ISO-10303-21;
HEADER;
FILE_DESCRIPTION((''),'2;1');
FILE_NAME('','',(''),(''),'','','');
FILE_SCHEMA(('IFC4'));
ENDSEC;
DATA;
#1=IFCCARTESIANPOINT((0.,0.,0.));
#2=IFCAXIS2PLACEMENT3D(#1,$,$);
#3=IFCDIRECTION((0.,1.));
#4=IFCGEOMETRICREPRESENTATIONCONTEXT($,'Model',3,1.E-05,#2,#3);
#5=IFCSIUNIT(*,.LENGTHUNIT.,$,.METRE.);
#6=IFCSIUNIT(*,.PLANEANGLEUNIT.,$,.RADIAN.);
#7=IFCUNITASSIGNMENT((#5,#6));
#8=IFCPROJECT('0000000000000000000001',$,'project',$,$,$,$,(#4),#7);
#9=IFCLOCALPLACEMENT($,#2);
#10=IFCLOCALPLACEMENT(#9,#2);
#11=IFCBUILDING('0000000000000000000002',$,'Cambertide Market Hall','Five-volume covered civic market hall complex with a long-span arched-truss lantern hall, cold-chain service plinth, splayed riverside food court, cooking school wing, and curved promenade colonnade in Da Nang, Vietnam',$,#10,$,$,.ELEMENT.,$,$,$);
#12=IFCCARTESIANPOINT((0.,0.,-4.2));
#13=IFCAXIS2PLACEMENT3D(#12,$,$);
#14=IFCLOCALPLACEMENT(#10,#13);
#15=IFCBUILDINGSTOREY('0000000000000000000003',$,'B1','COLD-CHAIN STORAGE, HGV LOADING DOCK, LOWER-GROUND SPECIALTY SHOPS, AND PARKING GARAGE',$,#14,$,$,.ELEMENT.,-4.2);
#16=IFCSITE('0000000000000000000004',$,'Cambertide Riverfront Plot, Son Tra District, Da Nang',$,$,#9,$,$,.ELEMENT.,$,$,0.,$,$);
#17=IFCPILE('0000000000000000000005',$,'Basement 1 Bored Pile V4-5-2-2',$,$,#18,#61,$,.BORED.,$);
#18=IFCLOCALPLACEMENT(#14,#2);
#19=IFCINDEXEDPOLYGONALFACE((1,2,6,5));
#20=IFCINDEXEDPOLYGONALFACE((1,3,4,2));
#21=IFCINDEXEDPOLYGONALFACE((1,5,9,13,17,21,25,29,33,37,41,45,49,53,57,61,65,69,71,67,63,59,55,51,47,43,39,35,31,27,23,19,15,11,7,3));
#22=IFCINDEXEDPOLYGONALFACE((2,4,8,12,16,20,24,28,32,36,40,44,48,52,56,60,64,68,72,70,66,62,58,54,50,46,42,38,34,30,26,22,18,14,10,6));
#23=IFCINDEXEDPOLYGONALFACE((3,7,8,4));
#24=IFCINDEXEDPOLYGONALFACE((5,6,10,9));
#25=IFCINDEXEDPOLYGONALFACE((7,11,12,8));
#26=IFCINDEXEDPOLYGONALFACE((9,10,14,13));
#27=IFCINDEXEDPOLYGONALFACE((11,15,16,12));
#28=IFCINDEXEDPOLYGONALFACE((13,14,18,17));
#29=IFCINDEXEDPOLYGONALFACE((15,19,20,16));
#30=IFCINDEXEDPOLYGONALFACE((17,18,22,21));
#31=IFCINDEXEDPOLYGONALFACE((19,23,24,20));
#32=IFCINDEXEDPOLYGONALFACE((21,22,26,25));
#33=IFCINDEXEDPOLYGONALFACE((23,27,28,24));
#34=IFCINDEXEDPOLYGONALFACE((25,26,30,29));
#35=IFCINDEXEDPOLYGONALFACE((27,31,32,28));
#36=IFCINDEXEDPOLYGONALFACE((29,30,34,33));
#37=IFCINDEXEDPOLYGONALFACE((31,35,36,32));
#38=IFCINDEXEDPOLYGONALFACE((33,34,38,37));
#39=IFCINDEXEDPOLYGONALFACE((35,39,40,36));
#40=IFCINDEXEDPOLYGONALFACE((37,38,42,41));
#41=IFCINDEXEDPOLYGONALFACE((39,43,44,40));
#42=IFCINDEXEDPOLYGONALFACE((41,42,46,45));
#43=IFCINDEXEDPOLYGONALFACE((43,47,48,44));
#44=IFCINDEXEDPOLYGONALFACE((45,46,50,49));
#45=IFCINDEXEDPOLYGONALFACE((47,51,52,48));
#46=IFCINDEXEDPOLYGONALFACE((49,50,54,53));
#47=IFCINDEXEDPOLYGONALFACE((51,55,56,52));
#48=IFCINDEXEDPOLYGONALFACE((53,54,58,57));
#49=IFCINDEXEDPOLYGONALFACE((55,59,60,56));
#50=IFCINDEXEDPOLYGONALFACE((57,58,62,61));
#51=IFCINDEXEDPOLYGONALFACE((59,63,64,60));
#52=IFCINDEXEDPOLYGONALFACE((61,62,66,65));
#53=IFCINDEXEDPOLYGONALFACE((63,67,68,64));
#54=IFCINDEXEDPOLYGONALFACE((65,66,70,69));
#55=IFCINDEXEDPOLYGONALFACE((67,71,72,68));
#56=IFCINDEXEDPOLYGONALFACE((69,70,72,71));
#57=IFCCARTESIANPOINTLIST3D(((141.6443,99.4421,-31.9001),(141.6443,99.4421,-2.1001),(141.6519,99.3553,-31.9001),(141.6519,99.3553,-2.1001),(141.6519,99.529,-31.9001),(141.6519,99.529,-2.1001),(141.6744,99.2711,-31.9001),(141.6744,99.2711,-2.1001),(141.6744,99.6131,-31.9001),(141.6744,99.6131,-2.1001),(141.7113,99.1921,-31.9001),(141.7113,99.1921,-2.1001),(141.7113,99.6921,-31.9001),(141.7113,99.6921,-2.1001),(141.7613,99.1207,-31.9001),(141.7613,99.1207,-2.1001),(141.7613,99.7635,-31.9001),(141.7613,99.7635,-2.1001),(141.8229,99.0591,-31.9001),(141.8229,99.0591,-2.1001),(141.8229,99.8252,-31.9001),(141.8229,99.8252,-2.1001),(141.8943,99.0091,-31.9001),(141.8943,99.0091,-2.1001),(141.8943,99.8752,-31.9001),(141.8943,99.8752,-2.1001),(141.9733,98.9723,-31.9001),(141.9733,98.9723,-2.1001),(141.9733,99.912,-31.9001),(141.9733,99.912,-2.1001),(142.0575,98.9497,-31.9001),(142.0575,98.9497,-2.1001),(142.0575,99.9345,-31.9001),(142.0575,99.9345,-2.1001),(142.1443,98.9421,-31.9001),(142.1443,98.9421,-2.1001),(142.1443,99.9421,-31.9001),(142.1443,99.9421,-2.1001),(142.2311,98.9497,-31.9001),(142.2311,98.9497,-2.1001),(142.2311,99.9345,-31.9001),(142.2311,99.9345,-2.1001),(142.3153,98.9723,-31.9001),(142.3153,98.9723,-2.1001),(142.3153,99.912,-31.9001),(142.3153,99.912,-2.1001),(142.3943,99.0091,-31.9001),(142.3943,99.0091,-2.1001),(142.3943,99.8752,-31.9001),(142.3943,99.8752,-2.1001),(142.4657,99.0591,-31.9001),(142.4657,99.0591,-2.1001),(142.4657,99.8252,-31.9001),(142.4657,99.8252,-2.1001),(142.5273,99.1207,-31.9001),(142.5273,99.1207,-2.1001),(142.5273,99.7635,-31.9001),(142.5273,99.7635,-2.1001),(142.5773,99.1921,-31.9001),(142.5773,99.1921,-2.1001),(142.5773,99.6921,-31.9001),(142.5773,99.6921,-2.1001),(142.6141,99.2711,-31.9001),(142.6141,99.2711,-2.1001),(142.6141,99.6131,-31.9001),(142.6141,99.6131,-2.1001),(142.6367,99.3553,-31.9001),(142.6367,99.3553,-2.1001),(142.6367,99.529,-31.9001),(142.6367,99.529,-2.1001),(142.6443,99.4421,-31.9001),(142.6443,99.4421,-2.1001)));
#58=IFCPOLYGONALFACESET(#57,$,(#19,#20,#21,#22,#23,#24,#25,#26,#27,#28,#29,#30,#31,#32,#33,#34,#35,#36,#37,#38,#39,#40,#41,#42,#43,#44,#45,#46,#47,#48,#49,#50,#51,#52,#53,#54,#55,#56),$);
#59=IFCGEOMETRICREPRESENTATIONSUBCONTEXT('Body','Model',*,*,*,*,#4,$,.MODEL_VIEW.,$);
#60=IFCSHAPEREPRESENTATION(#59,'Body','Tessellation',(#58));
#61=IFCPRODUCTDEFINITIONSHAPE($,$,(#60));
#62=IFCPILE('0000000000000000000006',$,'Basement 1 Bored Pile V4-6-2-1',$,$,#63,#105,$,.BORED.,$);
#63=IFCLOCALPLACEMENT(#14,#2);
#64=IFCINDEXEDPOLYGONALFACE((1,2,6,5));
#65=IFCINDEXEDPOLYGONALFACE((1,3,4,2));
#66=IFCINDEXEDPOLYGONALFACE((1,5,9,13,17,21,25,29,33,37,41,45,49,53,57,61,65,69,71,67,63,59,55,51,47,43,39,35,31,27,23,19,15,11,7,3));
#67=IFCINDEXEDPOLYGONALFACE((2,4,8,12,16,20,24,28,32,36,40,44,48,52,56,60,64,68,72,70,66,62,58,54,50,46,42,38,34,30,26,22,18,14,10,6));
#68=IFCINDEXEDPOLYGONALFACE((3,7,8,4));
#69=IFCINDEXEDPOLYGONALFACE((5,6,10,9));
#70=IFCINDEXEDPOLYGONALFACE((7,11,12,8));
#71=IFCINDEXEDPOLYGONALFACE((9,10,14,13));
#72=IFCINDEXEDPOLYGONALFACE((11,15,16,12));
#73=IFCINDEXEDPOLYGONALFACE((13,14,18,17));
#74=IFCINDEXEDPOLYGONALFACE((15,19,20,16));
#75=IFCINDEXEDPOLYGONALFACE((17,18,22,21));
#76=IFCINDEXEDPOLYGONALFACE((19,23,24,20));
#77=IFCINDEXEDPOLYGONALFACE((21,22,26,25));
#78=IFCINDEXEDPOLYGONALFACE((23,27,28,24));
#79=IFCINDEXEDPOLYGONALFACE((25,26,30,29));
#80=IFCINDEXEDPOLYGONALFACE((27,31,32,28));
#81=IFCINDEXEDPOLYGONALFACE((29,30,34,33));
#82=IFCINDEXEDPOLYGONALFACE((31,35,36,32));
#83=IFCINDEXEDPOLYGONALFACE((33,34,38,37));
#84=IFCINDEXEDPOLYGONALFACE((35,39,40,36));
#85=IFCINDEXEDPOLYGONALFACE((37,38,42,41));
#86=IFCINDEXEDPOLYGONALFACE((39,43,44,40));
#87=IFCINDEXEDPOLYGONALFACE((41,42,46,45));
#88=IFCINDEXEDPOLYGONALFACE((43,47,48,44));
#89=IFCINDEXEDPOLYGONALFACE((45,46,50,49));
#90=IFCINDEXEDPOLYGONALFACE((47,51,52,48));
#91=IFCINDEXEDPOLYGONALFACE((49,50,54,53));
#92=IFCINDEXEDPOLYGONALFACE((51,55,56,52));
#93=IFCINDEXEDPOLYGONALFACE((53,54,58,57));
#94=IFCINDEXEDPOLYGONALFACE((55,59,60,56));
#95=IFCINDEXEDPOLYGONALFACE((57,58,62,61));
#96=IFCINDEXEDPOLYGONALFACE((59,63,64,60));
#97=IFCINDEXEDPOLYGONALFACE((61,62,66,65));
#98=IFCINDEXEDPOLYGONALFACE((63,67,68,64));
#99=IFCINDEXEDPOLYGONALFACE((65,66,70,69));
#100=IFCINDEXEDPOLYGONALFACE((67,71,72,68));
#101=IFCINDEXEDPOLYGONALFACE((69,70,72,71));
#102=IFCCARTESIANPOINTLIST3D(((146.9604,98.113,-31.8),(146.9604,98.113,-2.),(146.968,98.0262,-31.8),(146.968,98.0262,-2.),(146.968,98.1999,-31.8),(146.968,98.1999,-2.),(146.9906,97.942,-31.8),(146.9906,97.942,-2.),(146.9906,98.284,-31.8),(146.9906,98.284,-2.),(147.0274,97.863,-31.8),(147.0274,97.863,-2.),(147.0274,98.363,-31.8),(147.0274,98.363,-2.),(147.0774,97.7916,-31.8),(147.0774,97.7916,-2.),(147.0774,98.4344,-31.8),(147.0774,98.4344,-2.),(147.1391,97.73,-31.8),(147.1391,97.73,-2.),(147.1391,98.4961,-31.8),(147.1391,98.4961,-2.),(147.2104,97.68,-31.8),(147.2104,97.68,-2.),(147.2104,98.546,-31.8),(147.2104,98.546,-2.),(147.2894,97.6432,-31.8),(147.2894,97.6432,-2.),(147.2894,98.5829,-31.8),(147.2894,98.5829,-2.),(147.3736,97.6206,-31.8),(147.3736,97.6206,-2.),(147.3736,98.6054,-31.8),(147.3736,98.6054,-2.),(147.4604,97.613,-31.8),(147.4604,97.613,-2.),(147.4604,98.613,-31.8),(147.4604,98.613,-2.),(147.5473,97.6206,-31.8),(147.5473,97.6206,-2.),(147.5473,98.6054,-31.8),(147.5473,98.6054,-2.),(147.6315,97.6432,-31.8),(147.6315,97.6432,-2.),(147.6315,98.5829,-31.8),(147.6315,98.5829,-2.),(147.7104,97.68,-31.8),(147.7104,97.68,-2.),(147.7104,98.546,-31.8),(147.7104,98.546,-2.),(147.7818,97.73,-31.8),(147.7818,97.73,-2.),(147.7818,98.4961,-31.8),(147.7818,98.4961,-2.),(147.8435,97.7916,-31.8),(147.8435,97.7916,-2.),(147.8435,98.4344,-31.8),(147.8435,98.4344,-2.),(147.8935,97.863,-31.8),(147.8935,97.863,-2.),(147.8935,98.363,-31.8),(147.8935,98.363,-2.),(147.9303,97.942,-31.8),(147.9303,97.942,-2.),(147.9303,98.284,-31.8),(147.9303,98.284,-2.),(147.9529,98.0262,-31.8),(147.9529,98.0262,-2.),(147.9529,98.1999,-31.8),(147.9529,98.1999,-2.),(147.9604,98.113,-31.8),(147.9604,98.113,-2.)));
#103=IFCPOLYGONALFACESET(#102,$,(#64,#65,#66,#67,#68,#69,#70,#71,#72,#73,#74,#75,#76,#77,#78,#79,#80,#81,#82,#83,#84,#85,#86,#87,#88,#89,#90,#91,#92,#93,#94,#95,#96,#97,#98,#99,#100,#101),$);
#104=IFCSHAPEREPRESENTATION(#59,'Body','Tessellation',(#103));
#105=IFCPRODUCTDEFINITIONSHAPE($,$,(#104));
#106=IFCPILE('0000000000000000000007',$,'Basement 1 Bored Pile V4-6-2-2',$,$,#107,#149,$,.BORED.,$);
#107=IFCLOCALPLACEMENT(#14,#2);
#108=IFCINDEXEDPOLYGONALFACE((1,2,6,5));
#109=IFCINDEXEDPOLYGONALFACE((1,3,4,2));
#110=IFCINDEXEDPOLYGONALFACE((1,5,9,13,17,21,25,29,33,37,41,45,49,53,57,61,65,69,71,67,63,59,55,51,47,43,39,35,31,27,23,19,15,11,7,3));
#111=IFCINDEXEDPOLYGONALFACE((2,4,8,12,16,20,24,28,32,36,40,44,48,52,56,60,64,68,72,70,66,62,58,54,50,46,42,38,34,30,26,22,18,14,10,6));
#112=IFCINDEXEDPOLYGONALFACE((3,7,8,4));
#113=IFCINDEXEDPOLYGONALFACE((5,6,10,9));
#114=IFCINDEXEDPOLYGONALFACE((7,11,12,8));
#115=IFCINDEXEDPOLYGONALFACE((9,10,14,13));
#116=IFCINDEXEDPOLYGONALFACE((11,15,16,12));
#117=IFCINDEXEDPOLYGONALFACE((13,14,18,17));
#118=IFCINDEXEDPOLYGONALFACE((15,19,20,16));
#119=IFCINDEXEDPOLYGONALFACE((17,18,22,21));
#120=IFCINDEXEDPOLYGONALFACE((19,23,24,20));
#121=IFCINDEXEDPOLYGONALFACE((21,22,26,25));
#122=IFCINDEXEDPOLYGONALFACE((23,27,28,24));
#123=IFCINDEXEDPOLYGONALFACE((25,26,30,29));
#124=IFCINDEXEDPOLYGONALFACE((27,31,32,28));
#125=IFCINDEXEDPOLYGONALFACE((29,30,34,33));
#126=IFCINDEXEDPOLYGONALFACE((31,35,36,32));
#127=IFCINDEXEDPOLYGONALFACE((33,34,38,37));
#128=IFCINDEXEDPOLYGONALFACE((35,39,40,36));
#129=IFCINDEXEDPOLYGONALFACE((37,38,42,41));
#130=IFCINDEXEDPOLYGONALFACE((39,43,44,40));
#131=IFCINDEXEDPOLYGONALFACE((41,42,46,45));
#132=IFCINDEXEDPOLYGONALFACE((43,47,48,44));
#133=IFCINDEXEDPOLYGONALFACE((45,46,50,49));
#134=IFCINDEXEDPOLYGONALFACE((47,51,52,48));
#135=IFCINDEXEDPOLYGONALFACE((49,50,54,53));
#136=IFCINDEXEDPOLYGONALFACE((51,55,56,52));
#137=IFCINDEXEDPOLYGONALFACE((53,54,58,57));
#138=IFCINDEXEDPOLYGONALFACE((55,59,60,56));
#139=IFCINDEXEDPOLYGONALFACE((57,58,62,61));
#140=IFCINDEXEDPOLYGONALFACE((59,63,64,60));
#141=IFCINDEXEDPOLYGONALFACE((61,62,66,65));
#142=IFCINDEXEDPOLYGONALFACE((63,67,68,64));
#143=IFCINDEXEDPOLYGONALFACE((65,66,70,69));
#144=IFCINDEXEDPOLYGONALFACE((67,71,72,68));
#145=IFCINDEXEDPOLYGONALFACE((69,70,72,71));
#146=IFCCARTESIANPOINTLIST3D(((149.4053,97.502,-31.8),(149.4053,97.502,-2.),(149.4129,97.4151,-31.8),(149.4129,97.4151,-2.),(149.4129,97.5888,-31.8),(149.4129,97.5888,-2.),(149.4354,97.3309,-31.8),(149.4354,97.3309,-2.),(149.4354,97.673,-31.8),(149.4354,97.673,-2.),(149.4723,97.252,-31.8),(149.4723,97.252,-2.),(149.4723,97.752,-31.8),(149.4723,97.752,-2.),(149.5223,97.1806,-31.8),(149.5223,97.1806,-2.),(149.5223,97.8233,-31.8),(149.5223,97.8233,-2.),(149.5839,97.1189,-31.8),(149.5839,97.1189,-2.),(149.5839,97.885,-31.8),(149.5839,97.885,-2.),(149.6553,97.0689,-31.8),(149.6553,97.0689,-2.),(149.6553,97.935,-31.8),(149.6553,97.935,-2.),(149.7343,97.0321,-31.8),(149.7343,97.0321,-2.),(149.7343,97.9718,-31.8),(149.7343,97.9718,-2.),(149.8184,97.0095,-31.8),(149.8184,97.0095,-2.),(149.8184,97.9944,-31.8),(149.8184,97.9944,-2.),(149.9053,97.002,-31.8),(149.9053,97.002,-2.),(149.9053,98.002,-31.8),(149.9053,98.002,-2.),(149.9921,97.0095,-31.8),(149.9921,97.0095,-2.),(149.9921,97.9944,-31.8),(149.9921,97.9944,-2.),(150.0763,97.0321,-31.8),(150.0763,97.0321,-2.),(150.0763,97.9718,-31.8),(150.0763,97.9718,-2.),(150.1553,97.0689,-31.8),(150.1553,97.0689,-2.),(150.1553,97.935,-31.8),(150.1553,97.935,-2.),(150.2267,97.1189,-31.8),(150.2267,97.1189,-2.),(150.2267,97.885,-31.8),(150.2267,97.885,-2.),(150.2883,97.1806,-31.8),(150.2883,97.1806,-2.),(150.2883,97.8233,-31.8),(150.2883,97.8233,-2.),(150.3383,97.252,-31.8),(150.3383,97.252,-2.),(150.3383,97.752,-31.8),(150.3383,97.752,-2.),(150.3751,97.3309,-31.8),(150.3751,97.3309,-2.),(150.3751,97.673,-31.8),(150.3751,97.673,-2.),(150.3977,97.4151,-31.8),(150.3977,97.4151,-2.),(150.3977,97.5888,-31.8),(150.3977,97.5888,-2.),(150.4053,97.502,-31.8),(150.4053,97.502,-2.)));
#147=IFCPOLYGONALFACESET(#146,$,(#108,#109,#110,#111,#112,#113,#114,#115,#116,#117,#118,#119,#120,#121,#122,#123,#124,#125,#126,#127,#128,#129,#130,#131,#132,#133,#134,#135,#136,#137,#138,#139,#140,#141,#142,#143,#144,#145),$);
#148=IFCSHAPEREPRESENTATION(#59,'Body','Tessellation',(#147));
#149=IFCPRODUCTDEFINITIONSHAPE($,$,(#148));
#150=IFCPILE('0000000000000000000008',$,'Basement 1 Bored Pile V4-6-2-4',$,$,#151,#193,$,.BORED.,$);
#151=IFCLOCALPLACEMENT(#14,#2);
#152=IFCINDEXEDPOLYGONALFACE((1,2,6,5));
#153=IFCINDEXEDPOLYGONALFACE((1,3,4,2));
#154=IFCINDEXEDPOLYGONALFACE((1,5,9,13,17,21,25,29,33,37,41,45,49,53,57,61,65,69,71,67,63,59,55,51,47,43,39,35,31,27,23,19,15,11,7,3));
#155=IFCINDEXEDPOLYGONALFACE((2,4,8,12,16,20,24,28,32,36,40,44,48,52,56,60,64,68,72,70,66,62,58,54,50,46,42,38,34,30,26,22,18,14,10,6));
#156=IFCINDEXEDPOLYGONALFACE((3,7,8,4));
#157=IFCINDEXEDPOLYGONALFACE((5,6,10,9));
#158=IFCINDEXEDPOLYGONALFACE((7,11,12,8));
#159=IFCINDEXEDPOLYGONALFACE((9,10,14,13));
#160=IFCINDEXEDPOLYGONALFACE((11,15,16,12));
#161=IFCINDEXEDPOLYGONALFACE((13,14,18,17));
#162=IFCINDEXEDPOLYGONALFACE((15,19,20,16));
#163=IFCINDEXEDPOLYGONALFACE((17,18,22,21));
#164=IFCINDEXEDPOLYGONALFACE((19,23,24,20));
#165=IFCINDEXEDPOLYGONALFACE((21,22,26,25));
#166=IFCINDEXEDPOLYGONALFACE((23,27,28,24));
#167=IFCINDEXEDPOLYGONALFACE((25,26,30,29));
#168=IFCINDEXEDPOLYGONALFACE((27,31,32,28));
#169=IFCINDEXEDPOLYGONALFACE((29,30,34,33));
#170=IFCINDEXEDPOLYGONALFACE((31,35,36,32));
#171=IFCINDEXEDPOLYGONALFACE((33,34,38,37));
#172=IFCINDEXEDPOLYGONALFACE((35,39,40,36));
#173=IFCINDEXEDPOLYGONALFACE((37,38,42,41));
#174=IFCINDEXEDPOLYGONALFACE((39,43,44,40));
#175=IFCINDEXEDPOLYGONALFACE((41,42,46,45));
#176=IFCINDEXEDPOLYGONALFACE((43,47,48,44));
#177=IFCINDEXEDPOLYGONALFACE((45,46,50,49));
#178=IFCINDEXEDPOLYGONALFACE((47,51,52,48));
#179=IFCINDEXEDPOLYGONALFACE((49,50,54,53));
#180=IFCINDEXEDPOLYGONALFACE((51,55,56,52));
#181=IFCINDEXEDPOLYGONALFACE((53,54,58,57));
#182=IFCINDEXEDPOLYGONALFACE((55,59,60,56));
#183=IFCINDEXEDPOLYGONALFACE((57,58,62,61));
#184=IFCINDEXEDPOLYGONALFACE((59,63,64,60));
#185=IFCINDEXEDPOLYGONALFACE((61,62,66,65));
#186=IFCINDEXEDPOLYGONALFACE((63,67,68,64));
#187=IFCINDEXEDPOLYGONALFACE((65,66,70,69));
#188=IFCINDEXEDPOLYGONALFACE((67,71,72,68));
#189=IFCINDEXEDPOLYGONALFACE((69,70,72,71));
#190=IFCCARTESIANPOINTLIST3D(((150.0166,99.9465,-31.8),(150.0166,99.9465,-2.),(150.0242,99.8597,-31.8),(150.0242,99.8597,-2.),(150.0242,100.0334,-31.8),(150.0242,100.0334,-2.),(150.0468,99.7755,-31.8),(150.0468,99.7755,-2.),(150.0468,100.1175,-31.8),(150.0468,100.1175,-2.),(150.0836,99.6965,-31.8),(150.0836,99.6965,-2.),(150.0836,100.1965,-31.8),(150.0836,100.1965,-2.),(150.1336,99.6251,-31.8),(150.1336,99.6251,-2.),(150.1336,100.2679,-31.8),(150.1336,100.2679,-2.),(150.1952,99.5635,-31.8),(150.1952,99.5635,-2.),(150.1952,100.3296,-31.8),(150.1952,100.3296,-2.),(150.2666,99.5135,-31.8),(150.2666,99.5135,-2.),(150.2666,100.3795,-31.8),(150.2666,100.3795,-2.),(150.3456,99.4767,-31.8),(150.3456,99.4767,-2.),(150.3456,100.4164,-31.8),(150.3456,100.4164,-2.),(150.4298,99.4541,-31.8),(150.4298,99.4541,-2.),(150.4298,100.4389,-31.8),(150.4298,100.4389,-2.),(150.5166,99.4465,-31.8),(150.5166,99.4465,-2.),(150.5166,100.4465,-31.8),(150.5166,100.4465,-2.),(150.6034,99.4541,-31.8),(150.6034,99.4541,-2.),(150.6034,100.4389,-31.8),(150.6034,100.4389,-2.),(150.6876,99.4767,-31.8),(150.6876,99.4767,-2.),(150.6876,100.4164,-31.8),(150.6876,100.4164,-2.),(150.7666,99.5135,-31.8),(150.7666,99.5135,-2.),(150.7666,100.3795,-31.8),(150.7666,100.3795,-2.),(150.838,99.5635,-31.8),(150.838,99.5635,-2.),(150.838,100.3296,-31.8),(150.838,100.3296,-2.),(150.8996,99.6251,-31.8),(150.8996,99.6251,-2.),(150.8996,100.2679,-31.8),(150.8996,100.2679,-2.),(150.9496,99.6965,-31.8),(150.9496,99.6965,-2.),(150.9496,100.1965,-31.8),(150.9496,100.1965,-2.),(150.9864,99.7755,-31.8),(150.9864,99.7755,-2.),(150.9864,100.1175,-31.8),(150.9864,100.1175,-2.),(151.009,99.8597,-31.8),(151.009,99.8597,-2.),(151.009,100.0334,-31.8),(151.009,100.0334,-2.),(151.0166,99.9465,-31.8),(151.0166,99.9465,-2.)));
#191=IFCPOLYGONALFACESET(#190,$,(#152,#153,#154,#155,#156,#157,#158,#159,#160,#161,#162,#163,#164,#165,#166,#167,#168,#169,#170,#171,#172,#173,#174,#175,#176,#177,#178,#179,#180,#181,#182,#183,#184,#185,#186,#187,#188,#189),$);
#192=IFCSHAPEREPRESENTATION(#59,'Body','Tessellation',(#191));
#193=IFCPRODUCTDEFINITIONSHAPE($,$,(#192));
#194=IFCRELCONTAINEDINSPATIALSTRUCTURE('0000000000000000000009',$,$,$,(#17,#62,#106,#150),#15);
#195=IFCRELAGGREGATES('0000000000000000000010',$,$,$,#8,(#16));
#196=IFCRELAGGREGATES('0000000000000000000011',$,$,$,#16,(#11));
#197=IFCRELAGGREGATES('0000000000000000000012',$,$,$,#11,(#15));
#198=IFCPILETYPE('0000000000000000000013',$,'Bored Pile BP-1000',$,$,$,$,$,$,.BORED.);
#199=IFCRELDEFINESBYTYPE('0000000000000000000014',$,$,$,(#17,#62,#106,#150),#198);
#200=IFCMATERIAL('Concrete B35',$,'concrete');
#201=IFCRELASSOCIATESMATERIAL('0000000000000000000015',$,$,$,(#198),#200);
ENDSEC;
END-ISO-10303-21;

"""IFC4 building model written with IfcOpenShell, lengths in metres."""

from ifc_helpers import new_model, si_unit, direction, frame, origin, origin_2d, place, context, subcontext, project, spatial, circle, extrude, material, material_profile, profile_set, type_object, element, save


model = new_model("IFC4")

# Units and contexts
model_context = context("Model", 3, precision=1e-05, world=origin(), true_north=direction((0.0, 1.0)))
body_context = subcontext(model_context, "Body", "Model", "MODEL_VIEW")
ifc_project = project(units=[si_unit("LENGTHUNIT", "METRE"), si_unit("PLANEANGLEUNIT", "RADIAN")], contexts=[model_context])

# Site, building, storey
site_placement = place(None, origin())
site = spatial("IfcSite", under=ifc_project, at=site_placement, Name="Cambertide Riverfront Plot, Son Tra District, Da Nang", CompositionType="ELEMENT", RefElevation=0.0)
building_placement = place(site_placement, origin())
building = spatial("IfcBuilding", under=site, at=building_placement, Name="Cambertide Market Hall", Description="Five-volume covered civic market hall complex with a long-span arched-truss lantern hall, cold-chain service plinth, splayed riverside food court, cooking school wing, and curved promenade colonnade in Da Nang, Vietnam", CompositionType="ELEMENT")
storey_placement = place(building_placement, frame((0.0, 0.0, -4.2)))
storey = spatial("IfcBuildingStorey", under=building, at=storey_placement, Name="B1", Description="COLD-CHAIN STORAGE, HGV LOADING DOCK, LOWER-GROUND SPECIALTY SHOPS, AND PARKING GARAGE", CompositionType="ELEMENT", Elevation=-4.2)

# Piles
ifc_material_1 = material(Name="Concrete B35", Category="concrete")
ifc_material_profile_1 = material_profile(ifc_material_1, circle(Radius=0.5, at=origin_2d()), Name="BP D1000")
ifc_profile_set_1 = profile_set([ifc_material_profile_1], Name="Concrete B35")
pile_type_1 = type_object("IfcPileType", Name="Bored Pile BP-1000", PredefinedType="BORED", material=ifc_profile_set_1)
for number, where, z_axis, x_axis, name in (
    (1, (142.1443, 99.4421, -2.1001), (0.0, 0.0, -1.0), (1.0, 0.0, 0.0), "Basement 1 Bored Pile V4-5-2-2"),
    (2, (147.4604, 98.113, -2.0), (0.0, 0.0, -1.0), (1.0, 0.0, 0.0), "Basement 1 Bored Pile V4-6-2-1"),
    (3, (149.9053, 97.502, -2.0), (0.0, 0.0, -1.0), (1.0, 0.0, 0.0), "Basement 1 Bored Pile V4-6-2-2"),
    (4, (150.5166, 99.9465, -2.0), (0.0, 0.0, -1.0), (1.0, 0.0, 0.0), "Basement 1 Bored Pile V4-6-2-4"),
):
    element("IfcPile", number, at=place(storey_placement, frame(where, z_axis=z_axis, x_axis=x_axis)), inside=storey, type_object=pile_type_1, Name=name, PredefinedType="BORED", context=body_context, shape_type="SweptSolid", body=[
        extrude(circle(Radius=0.5, at=origin_2d()), origin(), (0.0, 0.0, 1.0), 29.8),
    ])

save(model, "model.ifc")
